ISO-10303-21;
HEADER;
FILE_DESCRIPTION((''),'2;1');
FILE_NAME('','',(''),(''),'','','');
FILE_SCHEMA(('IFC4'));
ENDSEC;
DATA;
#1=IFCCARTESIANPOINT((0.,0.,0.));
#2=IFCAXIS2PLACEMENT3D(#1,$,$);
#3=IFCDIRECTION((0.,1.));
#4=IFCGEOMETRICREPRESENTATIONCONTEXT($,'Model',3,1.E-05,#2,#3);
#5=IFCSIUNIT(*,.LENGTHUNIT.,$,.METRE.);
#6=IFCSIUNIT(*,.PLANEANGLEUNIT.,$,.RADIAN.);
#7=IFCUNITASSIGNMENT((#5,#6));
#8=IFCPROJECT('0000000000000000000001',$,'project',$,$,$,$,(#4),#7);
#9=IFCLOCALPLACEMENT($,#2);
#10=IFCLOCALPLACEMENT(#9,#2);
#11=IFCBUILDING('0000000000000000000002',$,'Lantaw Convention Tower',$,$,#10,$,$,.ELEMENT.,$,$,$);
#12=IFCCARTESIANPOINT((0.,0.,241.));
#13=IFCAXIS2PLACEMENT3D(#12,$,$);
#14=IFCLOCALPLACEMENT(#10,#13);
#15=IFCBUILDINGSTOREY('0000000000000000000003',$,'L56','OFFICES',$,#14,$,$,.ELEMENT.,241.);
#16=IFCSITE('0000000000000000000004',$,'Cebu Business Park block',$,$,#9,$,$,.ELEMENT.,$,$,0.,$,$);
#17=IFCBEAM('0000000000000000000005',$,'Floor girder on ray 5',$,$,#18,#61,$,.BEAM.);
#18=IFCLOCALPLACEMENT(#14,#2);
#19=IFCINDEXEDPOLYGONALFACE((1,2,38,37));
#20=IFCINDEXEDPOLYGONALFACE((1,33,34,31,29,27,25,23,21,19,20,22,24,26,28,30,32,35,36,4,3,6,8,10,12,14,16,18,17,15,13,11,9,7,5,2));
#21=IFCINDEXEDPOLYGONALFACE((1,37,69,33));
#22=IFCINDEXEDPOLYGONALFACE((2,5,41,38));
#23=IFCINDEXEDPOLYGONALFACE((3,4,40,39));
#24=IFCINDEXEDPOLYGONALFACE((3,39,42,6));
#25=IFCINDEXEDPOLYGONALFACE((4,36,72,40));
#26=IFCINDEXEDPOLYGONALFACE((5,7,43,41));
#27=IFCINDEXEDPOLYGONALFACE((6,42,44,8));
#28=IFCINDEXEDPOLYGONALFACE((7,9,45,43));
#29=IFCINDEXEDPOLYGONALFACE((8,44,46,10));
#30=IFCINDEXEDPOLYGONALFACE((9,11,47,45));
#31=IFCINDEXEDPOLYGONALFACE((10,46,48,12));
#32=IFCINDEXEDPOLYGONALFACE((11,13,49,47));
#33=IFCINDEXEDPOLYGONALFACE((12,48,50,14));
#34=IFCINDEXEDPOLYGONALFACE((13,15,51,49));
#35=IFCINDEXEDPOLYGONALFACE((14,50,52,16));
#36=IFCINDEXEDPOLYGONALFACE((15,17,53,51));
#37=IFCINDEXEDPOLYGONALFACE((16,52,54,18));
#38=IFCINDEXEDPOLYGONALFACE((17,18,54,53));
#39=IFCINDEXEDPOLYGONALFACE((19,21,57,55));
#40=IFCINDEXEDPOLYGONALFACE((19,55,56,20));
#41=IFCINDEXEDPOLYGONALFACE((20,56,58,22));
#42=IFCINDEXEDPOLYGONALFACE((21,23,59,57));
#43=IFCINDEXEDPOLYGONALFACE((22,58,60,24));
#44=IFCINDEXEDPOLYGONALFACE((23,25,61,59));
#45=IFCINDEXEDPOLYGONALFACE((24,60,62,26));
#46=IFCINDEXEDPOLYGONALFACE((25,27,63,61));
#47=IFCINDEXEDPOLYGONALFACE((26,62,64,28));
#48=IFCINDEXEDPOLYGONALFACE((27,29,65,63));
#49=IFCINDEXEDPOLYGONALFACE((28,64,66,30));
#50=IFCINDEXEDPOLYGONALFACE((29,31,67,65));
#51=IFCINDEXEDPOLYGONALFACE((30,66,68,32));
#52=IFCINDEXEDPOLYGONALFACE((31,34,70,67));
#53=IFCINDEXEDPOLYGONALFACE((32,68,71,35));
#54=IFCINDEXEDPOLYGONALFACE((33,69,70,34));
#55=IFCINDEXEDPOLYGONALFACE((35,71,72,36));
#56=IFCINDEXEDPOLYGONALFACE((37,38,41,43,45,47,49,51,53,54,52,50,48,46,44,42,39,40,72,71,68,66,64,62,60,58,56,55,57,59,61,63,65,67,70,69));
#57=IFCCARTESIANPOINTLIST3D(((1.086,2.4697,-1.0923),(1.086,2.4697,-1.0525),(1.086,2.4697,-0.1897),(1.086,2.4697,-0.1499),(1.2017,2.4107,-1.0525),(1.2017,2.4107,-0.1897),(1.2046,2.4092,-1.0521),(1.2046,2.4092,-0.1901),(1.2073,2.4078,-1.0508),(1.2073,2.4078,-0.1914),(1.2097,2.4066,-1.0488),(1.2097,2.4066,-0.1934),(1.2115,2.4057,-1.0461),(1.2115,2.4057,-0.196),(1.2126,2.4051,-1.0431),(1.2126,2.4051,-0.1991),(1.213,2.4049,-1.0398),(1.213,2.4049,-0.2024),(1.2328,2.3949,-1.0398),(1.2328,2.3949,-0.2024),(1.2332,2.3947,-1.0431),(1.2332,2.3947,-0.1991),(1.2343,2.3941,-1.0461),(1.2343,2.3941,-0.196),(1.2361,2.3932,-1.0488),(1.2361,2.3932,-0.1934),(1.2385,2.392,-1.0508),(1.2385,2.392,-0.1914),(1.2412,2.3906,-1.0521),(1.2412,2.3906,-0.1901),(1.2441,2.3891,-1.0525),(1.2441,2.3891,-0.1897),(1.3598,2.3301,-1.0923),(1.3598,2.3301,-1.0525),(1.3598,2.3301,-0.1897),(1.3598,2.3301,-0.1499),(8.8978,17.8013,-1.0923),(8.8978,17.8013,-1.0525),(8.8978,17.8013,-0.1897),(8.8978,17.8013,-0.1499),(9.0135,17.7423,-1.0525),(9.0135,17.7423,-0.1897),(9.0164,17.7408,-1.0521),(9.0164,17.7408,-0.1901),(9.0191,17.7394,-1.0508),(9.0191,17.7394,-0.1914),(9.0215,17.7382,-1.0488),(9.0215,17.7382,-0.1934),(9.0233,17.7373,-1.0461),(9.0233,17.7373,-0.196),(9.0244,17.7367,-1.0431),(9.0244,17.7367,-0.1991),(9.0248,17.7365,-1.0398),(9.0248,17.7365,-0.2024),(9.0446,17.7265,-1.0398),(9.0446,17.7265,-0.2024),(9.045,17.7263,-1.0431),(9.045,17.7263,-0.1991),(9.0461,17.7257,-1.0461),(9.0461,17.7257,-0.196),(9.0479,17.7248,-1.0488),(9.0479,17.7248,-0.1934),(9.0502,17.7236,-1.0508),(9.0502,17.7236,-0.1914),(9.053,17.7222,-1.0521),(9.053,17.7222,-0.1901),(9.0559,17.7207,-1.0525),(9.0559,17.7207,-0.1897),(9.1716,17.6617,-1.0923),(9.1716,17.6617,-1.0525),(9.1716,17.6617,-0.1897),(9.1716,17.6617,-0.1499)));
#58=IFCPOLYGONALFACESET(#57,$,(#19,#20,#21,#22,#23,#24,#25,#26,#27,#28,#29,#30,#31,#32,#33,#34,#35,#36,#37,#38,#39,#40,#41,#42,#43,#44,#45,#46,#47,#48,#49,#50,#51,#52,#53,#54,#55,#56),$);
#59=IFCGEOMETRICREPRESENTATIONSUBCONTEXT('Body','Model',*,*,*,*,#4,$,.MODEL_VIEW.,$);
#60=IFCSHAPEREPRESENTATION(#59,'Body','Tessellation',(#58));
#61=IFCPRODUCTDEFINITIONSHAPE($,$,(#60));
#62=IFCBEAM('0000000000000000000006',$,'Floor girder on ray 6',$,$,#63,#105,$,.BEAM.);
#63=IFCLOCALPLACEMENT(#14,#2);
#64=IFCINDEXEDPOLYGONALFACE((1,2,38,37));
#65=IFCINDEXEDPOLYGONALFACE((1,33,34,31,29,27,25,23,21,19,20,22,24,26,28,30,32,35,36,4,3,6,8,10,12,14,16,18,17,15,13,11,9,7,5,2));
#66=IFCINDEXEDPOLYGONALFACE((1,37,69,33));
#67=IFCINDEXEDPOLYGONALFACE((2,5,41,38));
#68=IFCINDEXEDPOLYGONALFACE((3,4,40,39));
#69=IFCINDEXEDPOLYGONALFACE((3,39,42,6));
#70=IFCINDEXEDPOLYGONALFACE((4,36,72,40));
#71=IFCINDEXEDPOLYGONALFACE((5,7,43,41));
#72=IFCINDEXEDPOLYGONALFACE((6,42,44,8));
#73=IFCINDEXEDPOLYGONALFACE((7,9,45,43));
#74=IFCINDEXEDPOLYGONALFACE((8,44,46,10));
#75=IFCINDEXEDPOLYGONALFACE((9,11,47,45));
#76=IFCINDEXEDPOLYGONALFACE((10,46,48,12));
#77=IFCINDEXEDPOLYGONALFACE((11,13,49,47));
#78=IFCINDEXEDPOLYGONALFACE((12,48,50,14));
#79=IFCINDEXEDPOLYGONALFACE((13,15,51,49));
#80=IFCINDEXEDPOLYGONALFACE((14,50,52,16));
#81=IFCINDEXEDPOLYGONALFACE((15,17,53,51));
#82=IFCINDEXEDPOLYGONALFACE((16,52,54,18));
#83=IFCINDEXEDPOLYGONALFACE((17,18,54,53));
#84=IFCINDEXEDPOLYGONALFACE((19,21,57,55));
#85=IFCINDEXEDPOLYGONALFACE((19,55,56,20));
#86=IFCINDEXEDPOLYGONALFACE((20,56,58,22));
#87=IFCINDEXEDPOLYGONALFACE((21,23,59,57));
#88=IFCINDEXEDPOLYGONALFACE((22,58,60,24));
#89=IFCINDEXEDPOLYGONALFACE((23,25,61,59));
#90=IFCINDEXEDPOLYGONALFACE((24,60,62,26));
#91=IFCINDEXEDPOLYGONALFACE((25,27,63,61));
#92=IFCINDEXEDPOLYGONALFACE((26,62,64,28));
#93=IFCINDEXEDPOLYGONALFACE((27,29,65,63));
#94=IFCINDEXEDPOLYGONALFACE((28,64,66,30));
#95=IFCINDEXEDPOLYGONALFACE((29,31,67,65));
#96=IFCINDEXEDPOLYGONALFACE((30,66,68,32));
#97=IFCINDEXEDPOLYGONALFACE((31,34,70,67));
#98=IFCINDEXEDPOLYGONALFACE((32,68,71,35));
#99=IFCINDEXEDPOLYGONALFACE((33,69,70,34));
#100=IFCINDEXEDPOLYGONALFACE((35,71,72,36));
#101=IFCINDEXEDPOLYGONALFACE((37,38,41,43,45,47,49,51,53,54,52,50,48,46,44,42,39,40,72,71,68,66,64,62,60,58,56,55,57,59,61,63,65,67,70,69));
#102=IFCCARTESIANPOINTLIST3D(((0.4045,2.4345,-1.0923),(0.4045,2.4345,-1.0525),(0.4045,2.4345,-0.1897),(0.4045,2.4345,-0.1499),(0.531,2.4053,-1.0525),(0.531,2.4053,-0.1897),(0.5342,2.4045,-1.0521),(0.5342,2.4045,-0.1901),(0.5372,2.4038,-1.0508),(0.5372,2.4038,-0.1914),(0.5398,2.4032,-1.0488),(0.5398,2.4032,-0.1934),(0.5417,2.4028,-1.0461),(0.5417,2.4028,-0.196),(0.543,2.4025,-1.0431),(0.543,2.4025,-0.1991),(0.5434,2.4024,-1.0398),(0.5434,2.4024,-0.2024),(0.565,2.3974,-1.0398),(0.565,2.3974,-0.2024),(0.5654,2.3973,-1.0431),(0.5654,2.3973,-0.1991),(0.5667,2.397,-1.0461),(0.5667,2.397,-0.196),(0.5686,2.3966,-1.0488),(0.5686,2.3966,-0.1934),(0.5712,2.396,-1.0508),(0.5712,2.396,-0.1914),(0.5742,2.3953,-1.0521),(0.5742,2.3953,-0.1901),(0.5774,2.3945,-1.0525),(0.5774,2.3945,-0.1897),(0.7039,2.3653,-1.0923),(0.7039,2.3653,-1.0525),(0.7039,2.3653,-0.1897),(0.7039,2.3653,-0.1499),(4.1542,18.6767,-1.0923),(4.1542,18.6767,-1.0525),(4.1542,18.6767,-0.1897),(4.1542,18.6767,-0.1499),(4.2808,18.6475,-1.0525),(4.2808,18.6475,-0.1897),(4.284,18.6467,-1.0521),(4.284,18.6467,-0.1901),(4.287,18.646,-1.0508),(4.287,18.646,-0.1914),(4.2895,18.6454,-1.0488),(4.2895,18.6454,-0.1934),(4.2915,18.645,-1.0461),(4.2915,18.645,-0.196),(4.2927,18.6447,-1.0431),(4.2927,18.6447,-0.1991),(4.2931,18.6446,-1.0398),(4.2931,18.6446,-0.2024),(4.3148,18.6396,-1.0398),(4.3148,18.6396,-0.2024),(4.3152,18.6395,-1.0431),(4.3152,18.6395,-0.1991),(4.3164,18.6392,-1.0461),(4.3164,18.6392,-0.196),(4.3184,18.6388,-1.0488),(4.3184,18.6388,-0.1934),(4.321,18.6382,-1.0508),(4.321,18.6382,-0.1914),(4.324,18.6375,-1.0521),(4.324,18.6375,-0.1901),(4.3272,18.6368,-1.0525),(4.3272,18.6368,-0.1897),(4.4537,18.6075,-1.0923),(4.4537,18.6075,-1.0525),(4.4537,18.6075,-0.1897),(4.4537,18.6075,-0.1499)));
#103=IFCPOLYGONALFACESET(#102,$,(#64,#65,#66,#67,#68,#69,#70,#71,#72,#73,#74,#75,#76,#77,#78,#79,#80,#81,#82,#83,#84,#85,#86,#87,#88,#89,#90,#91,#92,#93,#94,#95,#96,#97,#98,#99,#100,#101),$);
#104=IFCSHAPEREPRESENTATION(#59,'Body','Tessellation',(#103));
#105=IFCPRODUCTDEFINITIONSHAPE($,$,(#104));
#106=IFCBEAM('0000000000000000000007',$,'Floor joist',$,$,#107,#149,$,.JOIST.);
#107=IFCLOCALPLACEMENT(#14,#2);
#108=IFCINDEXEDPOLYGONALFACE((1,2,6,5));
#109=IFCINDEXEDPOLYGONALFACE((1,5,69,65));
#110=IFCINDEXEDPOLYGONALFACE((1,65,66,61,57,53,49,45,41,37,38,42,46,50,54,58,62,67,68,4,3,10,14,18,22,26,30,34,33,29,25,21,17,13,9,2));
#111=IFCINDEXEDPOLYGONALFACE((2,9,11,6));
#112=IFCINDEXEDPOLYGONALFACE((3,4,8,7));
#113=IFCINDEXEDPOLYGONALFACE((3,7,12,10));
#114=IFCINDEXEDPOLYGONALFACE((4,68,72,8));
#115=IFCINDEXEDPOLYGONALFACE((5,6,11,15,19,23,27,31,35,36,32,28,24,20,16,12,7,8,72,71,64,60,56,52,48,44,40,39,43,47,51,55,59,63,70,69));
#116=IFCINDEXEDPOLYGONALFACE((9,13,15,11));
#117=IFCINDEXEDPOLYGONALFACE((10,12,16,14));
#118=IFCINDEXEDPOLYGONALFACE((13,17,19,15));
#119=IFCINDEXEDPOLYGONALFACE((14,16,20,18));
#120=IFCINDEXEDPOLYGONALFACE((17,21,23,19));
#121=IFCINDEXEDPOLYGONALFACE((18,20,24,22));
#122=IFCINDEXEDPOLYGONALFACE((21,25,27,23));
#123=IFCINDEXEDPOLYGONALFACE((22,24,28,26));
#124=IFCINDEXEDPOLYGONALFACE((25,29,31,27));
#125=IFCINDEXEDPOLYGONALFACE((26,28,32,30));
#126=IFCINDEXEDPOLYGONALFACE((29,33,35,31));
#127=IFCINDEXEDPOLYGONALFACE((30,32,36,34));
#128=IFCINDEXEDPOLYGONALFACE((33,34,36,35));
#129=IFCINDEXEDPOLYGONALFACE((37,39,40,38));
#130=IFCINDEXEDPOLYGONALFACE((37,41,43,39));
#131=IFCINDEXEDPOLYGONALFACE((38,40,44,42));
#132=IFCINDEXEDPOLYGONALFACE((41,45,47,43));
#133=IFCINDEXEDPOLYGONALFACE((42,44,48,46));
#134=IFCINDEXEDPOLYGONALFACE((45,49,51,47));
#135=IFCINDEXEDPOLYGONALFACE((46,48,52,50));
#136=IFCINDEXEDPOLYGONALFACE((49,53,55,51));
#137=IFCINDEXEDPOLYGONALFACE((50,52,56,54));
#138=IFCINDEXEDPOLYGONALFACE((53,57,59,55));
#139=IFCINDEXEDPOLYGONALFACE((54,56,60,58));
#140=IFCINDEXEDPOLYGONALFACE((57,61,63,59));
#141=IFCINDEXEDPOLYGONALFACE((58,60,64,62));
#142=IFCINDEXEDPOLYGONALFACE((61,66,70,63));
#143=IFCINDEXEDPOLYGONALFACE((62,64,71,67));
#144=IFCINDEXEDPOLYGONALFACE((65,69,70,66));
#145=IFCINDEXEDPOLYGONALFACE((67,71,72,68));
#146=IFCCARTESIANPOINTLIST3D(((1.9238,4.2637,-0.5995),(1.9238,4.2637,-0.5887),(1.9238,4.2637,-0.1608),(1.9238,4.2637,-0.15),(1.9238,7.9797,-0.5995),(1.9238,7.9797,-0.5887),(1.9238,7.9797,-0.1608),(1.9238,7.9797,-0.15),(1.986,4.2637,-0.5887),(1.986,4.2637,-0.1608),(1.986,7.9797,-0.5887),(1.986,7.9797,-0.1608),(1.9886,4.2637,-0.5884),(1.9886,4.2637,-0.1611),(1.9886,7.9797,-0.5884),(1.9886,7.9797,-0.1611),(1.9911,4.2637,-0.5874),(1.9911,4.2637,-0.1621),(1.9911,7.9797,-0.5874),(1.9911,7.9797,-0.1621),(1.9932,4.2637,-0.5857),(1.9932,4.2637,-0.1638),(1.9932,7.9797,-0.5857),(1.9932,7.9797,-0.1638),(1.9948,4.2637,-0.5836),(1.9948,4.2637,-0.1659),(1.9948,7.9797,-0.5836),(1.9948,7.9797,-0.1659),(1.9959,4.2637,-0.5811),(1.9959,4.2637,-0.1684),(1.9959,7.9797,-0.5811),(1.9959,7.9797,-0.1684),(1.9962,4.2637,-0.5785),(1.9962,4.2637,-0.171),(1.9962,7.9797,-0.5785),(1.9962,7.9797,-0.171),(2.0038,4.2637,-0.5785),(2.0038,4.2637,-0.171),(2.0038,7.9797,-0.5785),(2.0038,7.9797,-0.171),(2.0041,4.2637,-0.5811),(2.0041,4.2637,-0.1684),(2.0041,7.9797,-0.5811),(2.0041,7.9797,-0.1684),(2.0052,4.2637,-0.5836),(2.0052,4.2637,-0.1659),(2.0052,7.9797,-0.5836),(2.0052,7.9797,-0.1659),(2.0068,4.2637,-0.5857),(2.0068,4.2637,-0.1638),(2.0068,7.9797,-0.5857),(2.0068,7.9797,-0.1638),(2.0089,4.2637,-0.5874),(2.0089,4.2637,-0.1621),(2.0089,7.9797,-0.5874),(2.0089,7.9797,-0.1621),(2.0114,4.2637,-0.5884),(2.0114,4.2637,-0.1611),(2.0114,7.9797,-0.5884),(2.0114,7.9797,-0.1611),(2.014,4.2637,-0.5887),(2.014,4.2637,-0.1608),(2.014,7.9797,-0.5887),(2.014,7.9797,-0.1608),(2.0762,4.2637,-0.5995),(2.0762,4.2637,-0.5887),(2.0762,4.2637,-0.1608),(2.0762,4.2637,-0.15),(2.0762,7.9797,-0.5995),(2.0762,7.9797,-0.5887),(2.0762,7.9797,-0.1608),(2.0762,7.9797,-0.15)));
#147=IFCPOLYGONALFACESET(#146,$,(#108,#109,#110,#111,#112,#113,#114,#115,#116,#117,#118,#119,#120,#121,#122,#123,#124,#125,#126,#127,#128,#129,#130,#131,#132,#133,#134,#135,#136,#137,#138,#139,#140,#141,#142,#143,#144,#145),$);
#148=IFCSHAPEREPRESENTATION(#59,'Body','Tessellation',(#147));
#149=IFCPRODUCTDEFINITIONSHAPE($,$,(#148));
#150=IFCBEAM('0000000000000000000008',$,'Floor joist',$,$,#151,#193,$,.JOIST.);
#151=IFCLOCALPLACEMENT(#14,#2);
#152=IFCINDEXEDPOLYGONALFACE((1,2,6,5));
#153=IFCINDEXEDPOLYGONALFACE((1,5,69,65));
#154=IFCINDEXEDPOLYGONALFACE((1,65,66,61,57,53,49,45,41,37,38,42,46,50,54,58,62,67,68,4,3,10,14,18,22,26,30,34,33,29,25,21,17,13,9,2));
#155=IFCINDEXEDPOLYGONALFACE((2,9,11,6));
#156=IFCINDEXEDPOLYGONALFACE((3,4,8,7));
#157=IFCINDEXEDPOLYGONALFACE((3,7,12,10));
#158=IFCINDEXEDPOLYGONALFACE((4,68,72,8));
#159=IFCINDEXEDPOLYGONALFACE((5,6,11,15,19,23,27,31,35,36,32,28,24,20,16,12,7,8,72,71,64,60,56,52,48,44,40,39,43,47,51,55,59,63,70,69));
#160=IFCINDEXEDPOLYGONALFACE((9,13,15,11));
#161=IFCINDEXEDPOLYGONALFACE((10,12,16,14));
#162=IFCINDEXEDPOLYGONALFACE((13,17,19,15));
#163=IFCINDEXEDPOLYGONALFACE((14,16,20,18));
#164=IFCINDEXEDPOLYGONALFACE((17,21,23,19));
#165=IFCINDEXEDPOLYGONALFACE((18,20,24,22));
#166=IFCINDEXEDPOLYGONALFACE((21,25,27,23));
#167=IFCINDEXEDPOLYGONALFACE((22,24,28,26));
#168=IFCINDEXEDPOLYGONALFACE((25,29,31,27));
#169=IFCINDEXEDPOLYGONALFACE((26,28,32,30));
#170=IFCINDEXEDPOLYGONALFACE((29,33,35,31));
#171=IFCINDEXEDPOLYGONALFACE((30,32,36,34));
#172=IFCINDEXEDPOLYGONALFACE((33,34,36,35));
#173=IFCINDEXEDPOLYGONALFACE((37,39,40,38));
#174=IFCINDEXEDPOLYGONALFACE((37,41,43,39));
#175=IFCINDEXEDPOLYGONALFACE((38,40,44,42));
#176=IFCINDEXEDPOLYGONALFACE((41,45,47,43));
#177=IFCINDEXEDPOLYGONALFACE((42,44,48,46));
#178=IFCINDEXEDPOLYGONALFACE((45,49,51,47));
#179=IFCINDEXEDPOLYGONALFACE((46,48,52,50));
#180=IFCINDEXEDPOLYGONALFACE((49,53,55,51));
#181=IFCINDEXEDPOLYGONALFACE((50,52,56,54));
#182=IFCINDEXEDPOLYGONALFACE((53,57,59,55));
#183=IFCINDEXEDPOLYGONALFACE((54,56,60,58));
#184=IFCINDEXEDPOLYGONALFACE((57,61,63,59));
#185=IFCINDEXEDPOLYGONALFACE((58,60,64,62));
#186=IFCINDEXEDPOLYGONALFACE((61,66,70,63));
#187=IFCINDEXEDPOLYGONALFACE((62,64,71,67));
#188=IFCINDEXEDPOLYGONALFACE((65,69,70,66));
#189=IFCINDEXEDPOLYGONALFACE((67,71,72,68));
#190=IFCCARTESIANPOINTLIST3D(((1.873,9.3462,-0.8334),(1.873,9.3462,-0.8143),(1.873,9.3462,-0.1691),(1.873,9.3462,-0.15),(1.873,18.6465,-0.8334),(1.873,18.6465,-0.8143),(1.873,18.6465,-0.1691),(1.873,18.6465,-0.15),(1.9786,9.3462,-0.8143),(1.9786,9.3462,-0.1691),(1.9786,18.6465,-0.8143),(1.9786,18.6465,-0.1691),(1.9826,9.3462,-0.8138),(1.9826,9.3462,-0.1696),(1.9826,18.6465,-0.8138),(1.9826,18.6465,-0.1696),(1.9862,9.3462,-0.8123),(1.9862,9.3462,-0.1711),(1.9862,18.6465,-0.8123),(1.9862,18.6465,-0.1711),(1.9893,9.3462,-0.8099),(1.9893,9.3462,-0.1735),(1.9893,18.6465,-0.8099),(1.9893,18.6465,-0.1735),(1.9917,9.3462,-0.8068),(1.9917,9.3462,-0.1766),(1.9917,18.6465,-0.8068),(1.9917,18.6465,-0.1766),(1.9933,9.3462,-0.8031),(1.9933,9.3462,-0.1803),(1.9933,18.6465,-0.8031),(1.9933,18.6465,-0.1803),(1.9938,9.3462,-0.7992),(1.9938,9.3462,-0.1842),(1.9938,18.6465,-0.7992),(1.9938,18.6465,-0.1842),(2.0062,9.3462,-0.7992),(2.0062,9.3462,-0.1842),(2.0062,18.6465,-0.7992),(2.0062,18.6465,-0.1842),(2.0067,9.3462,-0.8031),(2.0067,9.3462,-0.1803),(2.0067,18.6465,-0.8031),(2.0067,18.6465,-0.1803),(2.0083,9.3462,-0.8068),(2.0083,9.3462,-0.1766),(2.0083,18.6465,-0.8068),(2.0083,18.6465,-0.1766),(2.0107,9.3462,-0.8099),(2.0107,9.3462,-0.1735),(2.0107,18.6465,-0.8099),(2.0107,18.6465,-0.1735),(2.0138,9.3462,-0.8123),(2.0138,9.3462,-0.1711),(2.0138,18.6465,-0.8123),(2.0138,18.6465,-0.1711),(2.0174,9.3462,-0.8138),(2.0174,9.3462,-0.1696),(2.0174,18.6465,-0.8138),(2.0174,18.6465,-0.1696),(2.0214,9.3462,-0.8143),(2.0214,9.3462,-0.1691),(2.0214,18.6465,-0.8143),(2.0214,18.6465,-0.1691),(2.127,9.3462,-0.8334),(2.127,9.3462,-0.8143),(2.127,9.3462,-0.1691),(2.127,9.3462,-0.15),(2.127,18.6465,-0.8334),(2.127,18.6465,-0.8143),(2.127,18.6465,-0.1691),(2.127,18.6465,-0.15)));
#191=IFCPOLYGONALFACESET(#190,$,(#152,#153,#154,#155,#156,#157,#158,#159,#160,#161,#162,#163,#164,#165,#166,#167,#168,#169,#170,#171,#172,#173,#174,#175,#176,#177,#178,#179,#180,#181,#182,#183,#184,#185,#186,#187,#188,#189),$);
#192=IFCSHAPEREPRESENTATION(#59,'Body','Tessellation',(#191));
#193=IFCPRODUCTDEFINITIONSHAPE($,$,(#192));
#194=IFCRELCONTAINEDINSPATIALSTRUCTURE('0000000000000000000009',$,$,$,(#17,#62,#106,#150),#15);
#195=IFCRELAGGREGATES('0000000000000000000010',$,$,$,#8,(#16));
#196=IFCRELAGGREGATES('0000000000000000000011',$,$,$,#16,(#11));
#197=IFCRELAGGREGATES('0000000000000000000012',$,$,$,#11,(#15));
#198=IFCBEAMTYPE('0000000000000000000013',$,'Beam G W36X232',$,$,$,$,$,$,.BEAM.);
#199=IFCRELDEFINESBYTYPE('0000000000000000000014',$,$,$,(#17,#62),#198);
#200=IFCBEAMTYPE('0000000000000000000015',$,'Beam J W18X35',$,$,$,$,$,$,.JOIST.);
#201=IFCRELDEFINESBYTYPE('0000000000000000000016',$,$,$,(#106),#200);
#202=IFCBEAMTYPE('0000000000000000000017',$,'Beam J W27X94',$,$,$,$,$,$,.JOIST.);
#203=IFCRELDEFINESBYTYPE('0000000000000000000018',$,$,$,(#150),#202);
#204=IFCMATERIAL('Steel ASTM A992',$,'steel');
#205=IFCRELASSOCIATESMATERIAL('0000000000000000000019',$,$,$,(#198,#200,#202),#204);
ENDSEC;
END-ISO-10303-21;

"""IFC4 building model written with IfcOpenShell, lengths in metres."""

from ifc_helpers import new_model, si_unit, direction, frame, origin, origin_2d, place, context, subcontext, project, spatial, i_section, extrude, material, material_profile, profile_set, type_object, element, save


model = new_model("IFC4")

# Units and contexts
model_context = context("Model", 3, precision=1e-05, world=origin(), true_north=direction((0.0, 1.0)))
body_context = subcontext(model_context, "Body", "Model", "MODEL_VIEW")
ifc_project = project(units=[si_unit("LENGTHUNIT", "METRE"), si_unit("PLANEANGLEUNIT", "RADIAN")], contexts=[model_context])

# Site, building, storey
site_placement = place(None, origin())
site = spatial("IfcSite", under=ifc_project, at=site_placement, Name="Cebu Business Park block", CompositionType="ELEMENT", RefElevation=0.0)
building_placement = place(site_placement, origin())
building = spatial("IfcBuilding", under=site, at=building_placement, Name="Lantaw Convention Tower", CompositionType="ELEMENT")
storey_placement = place(building_placement, frame((0.0, 0.0, 241.0)))
storey = spatial("IfcBuildingStorey", under=building, at=storey_placement, Name="L56", Description="OFFICES", CompositionType="ELEMENT", Elevation=241.0)

# Beams
ifc_material_1 = material(Name="Steel ASTM A992", Category="steel")
ifc_material_profile_1 = material_profile(ifc_material_1, i_section(OverallWidth=0.3074, OverallDepth=0.9424, WebThickness=0.0222, FlangeThickness=0.0398, FilletRadius=0.0127, at=origin_2d()), Name="W36X232")
ifc_profile_set_1 = profile_set([ifc_material_profile_1], Name="Steel ASTM A992")
beam_type_1 = type_object("IfcBeamType", Name="Beam G W36X232", PredefinedType="BEAM", material=ifc_profile_set_1)
beam_1_placement = place(storey_placement, frame((1.2229, 2.3999, -0.6211), z_axis=(0.453988, 0.891008, 0.0), x_axis=(-0.891008, 0.453988, 0.0)))
element("IfcBeam", 1, at=beam_1_placement, inside=storey, type_object=beam_type_1, Name="Floor girder on ray 5", PredefinedType="BEAM", context=body_context, shape_type="SweptSolid", body=[
    extrude(i_section(OverallWidth=0.3074, OverallDepth=0.9424, WebThickness=0.0222, FlangeThickness=0.0398, FilletRadius=0.0127, at=origin_2d()), origin(), (0.0, 0.0, 1.0), 17.207),
])
beam_2_placement = place(storey_placement, frame((0.5542, 2.3999, -0.6211), z_axis=(0.224948, 0.974371, 0.0), x_axis=(-0.974371, 0.224948, 0.0)))
element("IfcBeam", 2, at=beam_2_placement, inside=storey, type_object=beam_type_1, Name="Floor girder on ray 6", PredefinedType="BEAM", context=body_context, shape_type="SweptSolid", body=[
    extrude(i_section(OverallWidth=0.3074, OverallDepth=0.9424, WebThickness=0.0222, FlangeThickness=0.0398, FilletRadius=0.0127, at=origin_2d()), origin(), (0.0, 0.0, 1.0), 16.6694),
])
ifc_material_profile_2 = material_profile(ifc_material_1, i_section(OverallWidth=0.1523, OverallDepth=0.4495, WebThickness=0.0076, FlangeThickness=0.0107, FilletRadius=0.0103, at=origin_2d()), Name="W18X35")
ifc_profile_set_2 = profile_set([ifc_material_profile_2], Name="Steel ASTM A992")
beam_type_2 = type_object("IfcBeamType", Name="Beam J W18X35", PredefinedType="JOIST", material=ifc_profile_set_2)
beam_3_placement = place(storey_placement, frame((2.0, 4.2637, -0.3748), z_axis=(0.0, 1.0, 0.0), x_axis=(-1.0, 0.0, 0.0)))
element("IfcBeam", 3, at=beam_3_placement, inside=storey, type_object=beam_type_2, Name="Floor joist", PredefinedType="JOIST", context=body_context, shape_type="SweptSolid", body=[
    extrude(i_section(OverallWidth=0.1523, OverallDepth=0.4495, WebThickness=0.0076, FlangeThickness=0.0107, FilletRadius=0.0103, at=origin_2d()), origin(), (0.0, 0.0, 1.0), 3.7161),
])
ifc_material_profile_3 = material_profile(ifc_material_1, i_section(OverallWidth=0.2539, OverallDepth=0.6833, WebThickness=0.0125, FlangeThickness=0.019, FilletRadius=0.0151, at=origin_2d()), Name="W27X94")
ifc_profile_set_3 = profile_set([ifc_material_profile_3], Name="Steel ASTM A992")
beam_type_3 = type_object("IfcBeamType", Name="Beam J W27X94", PredefinedType="JOIST", material=ifc_profile_set_3)
beam_4_placement = place(storey_placement, frame((2.0, 9.3462, -0.4917), z_axis=(0.0, 1.0, 0.0), x_axis=(-1.0, 0.0, 0.0)))
element("IfcBeam", 4, at=beam_4_placement, inside=storey, type_object=beam_type_3, Name="Floor joist", PredefinedType="JOIST", context=body_context, shape_type="SweptSolid", body=[
    extrude(i_section(OverallWidth=0.2539, OverallDepth=0.6833, WebThickness=0.0125, FlangeThickness=0.019, FilletRadius=0.0151, at=origin_2d()), origin(), (0.0, 0.0, 1.0), 9.3003),
])

save(model, "model.ifc")
